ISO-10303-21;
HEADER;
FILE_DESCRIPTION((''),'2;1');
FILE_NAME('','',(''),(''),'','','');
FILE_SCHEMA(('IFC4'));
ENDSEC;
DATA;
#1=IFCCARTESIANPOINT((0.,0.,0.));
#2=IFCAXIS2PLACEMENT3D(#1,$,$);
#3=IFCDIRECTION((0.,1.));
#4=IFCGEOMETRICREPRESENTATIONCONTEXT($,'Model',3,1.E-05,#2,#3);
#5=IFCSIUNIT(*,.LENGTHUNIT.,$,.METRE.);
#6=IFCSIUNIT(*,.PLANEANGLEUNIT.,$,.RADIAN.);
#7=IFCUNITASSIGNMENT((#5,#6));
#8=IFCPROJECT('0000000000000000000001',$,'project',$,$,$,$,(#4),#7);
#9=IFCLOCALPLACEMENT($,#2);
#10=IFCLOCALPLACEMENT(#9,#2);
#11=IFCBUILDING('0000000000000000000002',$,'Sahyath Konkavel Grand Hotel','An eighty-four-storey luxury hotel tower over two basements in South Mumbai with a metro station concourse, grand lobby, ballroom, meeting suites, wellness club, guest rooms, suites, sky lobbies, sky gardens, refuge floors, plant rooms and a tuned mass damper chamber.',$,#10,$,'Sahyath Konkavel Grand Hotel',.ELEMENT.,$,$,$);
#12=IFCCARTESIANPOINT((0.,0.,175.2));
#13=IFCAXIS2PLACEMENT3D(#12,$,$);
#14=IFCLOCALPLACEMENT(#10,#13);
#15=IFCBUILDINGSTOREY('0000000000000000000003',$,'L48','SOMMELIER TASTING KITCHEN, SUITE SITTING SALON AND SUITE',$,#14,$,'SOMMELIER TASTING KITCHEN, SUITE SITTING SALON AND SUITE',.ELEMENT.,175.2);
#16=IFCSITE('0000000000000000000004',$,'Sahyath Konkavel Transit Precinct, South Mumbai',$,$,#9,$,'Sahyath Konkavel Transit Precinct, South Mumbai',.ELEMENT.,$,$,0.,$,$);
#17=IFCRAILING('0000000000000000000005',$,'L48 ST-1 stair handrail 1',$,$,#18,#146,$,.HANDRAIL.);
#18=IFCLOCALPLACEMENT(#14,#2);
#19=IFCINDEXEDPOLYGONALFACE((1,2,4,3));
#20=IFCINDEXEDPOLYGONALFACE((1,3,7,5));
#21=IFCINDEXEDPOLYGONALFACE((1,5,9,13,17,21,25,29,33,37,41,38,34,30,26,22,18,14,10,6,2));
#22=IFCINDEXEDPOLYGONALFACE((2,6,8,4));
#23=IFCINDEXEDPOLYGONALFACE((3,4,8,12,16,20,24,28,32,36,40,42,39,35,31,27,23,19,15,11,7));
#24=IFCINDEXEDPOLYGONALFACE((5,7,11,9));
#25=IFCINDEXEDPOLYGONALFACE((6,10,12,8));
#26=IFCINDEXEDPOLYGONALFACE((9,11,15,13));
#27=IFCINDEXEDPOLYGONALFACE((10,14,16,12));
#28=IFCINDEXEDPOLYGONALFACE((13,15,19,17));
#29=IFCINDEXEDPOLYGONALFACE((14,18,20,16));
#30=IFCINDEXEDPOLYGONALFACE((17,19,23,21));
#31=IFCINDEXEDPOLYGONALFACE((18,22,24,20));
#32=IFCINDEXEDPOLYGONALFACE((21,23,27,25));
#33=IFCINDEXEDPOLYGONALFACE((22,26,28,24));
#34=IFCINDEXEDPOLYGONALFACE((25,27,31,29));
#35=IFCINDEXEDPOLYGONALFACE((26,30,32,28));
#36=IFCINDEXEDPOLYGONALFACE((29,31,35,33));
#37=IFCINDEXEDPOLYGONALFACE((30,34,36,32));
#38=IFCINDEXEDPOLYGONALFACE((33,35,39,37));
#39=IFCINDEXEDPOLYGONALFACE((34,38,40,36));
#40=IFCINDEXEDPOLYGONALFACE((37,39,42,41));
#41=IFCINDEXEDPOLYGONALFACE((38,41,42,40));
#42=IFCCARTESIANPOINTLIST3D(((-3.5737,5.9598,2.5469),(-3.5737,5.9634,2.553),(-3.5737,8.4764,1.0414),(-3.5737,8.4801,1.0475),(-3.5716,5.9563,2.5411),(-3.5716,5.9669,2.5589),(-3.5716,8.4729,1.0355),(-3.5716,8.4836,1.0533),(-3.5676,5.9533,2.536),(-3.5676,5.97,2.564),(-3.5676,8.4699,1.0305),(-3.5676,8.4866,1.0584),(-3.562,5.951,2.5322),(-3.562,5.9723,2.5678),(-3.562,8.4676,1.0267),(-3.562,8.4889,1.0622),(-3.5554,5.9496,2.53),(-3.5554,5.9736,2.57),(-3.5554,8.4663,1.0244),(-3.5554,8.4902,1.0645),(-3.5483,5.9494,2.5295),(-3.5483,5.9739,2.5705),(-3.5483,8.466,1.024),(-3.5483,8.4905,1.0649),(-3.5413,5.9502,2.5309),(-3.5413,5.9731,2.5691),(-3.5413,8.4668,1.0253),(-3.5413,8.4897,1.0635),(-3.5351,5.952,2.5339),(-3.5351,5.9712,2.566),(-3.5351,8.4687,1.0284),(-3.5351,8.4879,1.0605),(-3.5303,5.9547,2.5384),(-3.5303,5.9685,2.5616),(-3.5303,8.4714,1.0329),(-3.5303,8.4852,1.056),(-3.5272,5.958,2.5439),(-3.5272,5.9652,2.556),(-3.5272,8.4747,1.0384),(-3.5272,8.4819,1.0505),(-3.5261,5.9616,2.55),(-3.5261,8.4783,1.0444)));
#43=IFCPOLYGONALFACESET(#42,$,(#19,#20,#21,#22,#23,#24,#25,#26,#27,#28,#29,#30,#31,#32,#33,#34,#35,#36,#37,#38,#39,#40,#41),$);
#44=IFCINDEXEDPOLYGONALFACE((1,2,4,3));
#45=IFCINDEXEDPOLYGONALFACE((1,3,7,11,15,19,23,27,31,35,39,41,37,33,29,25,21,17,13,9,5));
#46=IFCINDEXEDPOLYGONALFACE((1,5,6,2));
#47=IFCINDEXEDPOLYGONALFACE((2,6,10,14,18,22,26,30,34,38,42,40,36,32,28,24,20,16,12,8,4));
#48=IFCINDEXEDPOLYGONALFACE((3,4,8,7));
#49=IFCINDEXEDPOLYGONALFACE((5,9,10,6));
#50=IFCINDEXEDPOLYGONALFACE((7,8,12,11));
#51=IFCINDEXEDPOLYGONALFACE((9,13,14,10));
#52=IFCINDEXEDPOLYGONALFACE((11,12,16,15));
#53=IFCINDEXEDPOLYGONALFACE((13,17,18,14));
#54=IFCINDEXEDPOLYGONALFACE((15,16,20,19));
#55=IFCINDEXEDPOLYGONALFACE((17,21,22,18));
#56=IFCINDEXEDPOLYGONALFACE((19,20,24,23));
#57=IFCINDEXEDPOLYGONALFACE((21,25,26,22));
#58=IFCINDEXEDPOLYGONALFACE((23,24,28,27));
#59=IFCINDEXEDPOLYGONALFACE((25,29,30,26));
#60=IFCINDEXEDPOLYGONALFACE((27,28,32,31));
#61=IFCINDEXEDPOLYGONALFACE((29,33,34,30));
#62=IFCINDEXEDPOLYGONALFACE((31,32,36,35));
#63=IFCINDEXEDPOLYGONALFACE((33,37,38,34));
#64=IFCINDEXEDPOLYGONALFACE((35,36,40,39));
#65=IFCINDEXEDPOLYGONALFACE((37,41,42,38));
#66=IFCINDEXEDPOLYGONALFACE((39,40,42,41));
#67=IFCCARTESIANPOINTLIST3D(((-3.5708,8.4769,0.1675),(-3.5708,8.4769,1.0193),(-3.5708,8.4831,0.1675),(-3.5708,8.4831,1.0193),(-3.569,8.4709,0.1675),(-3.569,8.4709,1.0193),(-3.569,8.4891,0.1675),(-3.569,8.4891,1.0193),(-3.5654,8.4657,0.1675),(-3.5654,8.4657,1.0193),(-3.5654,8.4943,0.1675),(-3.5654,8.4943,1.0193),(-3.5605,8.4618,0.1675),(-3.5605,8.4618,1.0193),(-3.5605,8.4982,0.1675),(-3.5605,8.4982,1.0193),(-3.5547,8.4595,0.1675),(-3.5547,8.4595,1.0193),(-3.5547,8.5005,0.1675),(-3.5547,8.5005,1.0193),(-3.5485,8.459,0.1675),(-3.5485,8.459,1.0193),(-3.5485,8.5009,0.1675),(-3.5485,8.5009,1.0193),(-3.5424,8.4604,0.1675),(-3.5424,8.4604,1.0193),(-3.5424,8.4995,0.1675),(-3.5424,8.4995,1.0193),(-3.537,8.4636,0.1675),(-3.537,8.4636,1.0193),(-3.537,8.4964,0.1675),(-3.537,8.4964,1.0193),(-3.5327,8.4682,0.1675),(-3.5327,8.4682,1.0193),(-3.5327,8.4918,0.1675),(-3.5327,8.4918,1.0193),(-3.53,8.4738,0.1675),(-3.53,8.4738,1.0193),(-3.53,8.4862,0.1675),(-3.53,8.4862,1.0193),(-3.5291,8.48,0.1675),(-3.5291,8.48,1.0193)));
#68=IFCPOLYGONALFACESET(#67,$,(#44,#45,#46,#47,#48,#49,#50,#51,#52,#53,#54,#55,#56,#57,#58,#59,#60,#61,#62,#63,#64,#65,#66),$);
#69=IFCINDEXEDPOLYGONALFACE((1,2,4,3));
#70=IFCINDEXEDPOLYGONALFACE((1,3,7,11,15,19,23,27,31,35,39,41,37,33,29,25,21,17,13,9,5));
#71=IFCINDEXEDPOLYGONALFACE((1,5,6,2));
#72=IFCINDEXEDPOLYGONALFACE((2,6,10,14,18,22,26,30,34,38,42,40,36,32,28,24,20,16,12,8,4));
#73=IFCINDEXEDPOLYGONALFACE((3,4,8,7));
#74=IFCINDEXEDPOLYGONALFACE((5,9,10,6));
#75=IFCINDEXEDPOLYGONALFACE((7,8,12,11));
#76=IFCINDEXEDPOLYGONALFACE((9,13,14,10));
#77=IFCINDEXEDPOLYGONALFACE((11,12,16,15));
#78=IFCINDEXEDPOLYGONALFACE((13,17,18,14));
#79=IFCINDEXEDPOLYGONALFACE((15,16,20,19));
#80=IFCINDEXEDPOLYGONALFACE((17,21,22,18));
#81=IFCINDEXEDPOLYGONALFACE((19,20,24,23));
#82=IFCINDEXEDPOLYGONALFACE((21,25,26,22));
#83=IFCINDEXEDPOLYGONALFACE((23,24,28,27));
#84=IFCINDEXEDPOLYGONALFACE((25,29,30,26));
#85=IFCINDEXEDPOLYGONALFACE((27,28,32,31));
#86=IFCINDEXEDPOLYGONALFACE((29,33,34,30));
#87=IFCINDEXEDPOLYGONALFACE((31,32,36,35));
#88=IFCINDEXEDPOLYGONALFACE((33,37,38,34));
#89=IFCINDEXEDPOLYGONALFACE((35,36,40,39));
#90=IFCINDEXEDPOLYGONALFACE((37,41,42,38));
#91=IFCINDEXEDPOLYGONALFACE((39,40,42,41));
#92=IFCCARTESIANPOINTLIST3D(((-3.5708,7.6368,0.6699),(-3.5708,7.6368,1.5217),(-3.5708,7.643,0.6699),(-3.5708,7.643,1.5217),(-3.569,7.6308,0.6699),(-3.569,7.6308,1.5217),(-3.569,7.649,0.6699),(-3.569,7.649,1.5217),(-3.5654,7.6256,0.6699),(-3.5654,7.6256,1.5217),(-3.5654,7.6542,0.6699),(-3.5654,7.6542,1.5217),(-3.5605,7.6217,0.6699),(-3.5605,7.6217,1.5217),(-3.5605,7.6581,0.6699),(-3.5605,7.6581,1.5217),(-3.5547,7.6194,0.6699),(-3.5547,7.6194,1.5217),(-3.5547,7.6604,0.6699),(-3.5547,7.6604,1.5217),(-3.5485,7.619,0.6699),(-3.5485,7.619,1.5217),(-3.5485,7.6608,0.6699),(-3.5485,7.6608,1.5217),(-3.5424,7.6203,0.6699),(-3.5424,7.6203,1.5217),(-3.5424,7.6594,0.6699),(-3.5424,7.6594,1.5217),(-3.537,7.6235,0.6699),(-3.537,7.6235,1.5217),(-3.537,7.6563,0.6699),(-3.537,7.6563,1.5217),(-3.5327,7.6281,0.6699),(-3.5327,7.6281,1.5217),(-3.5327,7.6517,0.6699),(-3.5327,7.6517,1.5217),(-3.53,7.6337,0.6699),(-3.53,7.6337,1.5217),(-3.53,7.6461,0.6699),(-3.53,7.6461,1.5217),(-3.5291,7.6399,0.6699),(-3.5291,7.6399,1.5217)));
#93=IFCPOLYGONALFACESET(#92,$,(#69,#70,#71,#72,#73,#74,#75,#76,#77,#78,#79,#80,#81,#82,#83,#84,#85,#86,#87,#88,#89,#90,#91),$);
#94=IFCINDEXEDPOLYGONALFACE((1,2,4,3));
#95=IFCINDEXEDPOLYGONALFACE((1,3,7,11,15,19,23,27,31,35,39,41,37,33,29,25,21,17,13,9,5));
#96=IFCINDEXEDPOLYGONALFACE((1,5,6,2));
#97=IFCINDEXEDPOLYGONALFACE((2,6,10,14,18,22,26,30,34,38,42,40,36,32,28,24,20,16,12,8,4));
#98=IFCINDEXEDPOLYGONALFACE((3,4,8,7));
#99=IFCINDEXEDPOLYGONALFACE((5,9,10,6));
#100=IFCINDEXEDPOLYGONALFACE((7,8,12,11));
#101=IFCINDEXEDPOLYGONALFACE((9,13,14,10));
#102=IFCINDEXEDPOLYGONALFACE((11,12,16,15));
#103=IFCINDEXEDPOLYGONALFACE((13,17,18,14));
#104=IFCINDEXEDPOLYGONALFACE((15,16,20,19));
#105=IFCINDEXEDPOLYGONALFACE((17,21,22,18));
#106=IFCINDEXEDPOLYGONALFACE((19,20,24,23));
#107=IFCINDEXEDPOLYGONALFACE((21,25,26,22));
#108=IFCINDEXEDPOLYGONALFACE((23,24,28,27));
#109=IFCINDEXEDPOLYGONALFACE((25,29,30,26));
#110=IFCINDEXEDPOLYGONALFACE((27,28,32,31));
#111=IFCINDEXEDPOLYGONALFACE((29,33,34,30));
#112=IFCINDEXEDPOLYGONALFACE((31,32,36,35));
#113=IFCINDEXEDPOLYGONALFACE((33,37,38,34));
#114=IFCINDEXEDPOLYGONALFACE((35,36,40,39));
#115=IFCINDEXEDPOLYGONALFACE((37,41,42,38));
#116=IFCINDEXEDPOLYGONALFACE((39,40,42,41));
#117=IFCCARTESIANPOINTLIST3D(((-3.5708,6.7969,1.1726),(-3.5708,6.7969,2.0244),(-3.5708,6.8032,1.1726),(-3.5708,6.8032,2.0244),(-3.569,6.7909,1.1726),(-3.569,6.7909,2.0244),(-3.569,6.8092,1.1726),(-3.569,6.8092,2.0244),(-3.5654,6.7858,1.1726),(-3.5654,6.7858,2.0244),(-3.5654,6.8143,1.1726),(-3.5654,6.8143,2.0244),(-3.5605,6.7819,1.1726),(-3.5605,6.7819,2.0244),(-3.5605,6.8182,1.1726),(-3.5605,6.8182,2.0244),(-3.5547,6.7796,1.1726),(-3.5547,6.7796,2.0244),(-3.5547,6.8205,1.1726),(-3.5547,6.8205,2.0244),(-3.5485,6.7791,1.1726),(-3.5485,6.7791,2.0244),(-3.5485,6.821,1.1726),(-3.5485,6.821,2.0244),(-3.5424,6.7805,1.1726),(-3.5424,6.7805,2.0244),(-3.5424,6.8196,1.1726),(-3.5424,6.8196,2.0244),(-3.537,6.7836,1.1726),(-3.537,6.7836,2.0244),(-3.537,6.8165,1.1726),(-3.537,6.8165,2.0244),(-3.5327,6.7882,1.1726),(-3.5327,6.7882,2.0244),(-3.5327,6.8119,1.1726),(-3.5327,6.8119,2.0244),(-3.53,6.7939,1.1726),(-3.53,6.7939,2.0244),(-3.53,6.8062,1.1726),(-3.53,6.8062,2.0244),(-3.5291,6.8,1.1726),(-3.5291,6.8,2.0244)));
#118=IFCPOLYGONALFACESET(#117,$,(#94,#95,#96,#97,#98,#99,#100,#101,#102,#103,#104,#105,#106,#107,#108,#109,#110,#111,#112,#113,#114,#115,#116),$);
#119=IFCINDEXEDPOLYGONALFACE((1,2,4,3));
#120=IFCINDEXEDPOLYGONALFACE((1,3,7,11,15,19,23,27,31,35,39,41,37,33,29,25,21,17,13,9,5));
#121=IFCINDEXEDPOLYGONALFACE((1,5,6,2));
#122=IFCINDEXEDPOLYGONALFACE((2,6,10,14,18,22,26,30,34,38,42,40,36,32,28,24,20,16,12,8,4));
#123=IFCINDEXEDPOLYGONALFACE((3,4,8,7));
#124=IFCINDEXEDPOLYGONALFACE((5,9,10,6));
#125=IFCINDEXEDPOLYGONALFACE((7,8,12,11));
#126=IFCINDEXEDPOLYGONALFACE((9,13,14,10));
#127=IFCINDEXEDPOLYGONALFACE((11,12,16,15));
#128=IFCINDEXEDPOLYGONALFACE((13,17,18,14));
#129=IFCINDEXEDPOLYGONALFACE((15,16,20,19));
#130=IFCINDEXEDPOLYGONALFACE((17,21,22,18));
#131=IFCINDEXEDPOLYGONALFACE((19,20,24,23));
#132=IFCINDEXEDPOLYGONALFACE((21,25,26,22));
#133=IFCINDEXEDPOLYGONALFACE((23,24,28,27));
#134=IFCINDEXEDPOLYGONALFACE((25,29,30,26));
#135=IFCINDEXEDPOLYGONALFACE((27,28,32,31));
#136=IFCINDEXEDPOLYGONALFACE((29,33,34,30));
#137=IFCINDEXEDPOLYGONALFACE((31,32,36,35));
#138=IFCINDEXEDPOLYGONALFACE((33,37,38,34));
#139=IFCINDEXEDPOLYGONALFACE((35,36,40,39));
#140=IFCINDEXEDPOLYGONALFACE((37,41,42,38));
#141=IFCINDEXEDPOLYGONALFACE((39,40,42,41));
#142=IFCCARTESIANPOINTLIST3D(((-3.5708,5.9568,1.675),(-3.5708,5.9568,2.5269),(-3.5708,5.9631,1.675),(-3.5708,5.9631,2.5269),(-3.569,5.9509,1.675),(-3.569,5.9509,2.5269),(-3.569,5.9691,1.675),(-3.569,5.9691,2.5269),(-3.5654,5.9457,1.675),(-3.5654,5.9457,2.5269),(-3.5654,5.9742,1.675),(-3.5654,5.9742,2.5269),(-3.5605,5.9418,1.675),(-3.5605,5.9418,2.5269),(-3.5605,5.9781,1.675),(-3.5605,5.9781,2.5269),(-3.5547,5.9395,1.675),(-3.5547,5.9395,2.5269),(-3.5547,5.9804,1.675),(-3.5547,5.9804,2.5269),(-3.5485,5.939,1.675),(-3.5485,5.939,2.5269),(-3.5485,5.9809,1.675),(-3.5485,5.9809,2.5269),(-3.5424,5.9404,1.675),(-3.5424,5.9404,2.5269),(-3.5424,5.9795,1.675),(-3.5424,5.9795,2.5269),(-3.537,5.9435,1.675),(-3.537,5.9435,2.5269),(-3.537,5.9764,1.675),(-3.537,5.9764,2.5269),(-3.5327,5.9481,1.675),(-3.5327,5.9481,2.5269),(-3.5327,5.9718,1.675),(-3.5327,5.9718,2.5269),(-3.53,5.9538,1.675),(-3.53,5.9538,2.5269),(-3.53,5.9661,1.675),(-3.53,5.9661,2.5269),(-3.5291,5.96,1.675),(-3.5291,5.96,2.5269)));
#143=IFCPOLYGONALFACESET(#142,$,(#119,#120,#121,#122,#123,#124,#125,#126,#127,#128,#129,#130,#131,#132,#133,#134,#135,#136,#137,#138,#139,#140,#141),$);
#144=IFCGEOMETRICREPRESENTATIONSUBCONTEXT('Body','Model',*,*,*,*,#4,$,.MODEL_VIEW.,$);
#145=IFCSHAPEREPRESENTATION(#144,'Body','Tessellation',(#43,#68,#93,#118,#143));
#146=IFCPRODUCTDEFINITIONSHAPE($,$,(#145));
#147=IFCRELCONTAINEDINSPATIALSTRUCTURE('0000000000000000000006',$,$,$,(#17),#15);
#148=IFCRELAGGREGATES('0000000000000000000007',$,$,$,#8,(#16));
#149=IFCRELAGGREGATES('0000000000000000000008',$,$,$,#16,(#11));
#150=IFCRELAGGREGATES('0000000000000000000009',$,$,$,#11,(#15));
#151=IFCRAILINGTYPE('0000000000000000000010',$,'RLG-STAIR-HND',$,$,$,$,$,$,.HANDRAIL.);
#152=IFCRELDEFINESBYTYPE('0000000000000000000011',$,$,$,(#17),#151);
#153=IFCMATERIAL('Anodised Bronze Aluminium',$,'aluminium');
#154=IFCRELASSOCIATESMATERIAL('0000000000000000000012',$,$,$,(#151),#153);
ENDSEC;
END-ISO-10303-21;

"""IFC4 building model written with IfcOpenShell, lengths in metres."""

from ifc_helpers import new_model, si_unit, direction, frame, origin, origin_2d, place, context, subcontext, project, spatial, circle, extrude, material, type_object, element, save


model = new_model("IFC4")

# Units and contexts
model_context = context("Model", 3, precision=1e-05, world=origin(), true_north=direction((0.0, 1.0)))
body_context = subcontext(model_context, "Body", "Model", "MODEL_VIEW")
ifc_project = project(units=[si_unit("LENGTHUNIT", "METRE"), si_unit("PLANEANGLEUNIT", "RADIAN")], contexts=[model_context])

# Site, building, storey
site_placement = place(None, origin())
site = spatial("IfcSite", under=ifc_project, at=site_placement, Name="Sahyath Konkavel Transit Precinct, South Mumbai", LongName="Sahyath Konkavel Transit Precinct, South Mumbai", CompositionType="ELEMENT", RefElevation=0.0)
building_placement = place(site_placement, origin())
building = spatial("IfcBuilding", under=site, at=building_placement, Name="Sahyath Konkavel Grand Hotel", Description="An eighty-four-storey luxury hotel tower over two basements in South Mumbai with a metro station concourse, grand lobby, ballroom, meeting suites, wellness club, guest rooms, suites, sky lobbies, sky gardens, refuge floors, plant rooms and a tuned mass damper chamber.", LongName="Sahyath Konkavel Grand Hotel", CompositionType="ELEMENT")
storey_placement = place(building_placement, frame((0.0, 0.0, 175.2)))
storey = spatial("IfcBuildingStorey", under=building, at=storey_placement, Name="L48", Description="SOMMELIER TASTING KITCHEN, SUITE SITTING SALON AND SUITE", LongName="SOMMELIER TASTING KITCHEN, SUITE SITTING SALON AND SUITE", CompositionType="ELEMENT", Elevation=175.2)

# Railing
ifc_material_1 = material(Name="Anodised Bronze Aluminium", Category="aluminium")
railing_type_1 = type_object("IfcRailingType", Name="RLG-STAIR-HND", PredefinedType="HANDRAIL", material=ifc_material_1)
railing_1_placement = place(storey_placement, frame((-3.55, 8.48, 0.1675)))
element("IfcRailing", 1, at=railing_1_placement, inside=storey, type_object=railing_type_1, Name="L48 ST-1 stair handrail 1", PredefinedType="HANDRAIL", context=body_context, shape_type="SweptSolid", body=[
    extrude(circle(Radius=0.0239, at=origin_2d()), frame((0.0, -0.0017, 0.877), z_axis=(0.0, -0.85816, 0.513383), x_axis=(1.0, 0.0, 0.0)), (0.0, 0.0, 1.0), 2.9326),
    extrude(circle(Radius=0.021, at=origin_2d()), origin(), (0.0, 0.0, 1.0), 0.8518),
    extrude(circle(Radius=0.021, at=origin_2d()), frame((0.0, -0.8401, 0.5024)), (0.0, 0.0, 1.0), 0.8518),
    extrude(circle(Radius=0.021, at=origin_2d()), frame((0.0, -1.6799, 1.0051)), (0.0, 0.0, 1.0), 0.8518),
    extrude(circle(Radius=0.021, at=origin_2d()), frame((0.0, -2.52, 1.5076)), (0.0, 0.0, 1.0), 0.8518),
])

save(model, "model.ifc")
